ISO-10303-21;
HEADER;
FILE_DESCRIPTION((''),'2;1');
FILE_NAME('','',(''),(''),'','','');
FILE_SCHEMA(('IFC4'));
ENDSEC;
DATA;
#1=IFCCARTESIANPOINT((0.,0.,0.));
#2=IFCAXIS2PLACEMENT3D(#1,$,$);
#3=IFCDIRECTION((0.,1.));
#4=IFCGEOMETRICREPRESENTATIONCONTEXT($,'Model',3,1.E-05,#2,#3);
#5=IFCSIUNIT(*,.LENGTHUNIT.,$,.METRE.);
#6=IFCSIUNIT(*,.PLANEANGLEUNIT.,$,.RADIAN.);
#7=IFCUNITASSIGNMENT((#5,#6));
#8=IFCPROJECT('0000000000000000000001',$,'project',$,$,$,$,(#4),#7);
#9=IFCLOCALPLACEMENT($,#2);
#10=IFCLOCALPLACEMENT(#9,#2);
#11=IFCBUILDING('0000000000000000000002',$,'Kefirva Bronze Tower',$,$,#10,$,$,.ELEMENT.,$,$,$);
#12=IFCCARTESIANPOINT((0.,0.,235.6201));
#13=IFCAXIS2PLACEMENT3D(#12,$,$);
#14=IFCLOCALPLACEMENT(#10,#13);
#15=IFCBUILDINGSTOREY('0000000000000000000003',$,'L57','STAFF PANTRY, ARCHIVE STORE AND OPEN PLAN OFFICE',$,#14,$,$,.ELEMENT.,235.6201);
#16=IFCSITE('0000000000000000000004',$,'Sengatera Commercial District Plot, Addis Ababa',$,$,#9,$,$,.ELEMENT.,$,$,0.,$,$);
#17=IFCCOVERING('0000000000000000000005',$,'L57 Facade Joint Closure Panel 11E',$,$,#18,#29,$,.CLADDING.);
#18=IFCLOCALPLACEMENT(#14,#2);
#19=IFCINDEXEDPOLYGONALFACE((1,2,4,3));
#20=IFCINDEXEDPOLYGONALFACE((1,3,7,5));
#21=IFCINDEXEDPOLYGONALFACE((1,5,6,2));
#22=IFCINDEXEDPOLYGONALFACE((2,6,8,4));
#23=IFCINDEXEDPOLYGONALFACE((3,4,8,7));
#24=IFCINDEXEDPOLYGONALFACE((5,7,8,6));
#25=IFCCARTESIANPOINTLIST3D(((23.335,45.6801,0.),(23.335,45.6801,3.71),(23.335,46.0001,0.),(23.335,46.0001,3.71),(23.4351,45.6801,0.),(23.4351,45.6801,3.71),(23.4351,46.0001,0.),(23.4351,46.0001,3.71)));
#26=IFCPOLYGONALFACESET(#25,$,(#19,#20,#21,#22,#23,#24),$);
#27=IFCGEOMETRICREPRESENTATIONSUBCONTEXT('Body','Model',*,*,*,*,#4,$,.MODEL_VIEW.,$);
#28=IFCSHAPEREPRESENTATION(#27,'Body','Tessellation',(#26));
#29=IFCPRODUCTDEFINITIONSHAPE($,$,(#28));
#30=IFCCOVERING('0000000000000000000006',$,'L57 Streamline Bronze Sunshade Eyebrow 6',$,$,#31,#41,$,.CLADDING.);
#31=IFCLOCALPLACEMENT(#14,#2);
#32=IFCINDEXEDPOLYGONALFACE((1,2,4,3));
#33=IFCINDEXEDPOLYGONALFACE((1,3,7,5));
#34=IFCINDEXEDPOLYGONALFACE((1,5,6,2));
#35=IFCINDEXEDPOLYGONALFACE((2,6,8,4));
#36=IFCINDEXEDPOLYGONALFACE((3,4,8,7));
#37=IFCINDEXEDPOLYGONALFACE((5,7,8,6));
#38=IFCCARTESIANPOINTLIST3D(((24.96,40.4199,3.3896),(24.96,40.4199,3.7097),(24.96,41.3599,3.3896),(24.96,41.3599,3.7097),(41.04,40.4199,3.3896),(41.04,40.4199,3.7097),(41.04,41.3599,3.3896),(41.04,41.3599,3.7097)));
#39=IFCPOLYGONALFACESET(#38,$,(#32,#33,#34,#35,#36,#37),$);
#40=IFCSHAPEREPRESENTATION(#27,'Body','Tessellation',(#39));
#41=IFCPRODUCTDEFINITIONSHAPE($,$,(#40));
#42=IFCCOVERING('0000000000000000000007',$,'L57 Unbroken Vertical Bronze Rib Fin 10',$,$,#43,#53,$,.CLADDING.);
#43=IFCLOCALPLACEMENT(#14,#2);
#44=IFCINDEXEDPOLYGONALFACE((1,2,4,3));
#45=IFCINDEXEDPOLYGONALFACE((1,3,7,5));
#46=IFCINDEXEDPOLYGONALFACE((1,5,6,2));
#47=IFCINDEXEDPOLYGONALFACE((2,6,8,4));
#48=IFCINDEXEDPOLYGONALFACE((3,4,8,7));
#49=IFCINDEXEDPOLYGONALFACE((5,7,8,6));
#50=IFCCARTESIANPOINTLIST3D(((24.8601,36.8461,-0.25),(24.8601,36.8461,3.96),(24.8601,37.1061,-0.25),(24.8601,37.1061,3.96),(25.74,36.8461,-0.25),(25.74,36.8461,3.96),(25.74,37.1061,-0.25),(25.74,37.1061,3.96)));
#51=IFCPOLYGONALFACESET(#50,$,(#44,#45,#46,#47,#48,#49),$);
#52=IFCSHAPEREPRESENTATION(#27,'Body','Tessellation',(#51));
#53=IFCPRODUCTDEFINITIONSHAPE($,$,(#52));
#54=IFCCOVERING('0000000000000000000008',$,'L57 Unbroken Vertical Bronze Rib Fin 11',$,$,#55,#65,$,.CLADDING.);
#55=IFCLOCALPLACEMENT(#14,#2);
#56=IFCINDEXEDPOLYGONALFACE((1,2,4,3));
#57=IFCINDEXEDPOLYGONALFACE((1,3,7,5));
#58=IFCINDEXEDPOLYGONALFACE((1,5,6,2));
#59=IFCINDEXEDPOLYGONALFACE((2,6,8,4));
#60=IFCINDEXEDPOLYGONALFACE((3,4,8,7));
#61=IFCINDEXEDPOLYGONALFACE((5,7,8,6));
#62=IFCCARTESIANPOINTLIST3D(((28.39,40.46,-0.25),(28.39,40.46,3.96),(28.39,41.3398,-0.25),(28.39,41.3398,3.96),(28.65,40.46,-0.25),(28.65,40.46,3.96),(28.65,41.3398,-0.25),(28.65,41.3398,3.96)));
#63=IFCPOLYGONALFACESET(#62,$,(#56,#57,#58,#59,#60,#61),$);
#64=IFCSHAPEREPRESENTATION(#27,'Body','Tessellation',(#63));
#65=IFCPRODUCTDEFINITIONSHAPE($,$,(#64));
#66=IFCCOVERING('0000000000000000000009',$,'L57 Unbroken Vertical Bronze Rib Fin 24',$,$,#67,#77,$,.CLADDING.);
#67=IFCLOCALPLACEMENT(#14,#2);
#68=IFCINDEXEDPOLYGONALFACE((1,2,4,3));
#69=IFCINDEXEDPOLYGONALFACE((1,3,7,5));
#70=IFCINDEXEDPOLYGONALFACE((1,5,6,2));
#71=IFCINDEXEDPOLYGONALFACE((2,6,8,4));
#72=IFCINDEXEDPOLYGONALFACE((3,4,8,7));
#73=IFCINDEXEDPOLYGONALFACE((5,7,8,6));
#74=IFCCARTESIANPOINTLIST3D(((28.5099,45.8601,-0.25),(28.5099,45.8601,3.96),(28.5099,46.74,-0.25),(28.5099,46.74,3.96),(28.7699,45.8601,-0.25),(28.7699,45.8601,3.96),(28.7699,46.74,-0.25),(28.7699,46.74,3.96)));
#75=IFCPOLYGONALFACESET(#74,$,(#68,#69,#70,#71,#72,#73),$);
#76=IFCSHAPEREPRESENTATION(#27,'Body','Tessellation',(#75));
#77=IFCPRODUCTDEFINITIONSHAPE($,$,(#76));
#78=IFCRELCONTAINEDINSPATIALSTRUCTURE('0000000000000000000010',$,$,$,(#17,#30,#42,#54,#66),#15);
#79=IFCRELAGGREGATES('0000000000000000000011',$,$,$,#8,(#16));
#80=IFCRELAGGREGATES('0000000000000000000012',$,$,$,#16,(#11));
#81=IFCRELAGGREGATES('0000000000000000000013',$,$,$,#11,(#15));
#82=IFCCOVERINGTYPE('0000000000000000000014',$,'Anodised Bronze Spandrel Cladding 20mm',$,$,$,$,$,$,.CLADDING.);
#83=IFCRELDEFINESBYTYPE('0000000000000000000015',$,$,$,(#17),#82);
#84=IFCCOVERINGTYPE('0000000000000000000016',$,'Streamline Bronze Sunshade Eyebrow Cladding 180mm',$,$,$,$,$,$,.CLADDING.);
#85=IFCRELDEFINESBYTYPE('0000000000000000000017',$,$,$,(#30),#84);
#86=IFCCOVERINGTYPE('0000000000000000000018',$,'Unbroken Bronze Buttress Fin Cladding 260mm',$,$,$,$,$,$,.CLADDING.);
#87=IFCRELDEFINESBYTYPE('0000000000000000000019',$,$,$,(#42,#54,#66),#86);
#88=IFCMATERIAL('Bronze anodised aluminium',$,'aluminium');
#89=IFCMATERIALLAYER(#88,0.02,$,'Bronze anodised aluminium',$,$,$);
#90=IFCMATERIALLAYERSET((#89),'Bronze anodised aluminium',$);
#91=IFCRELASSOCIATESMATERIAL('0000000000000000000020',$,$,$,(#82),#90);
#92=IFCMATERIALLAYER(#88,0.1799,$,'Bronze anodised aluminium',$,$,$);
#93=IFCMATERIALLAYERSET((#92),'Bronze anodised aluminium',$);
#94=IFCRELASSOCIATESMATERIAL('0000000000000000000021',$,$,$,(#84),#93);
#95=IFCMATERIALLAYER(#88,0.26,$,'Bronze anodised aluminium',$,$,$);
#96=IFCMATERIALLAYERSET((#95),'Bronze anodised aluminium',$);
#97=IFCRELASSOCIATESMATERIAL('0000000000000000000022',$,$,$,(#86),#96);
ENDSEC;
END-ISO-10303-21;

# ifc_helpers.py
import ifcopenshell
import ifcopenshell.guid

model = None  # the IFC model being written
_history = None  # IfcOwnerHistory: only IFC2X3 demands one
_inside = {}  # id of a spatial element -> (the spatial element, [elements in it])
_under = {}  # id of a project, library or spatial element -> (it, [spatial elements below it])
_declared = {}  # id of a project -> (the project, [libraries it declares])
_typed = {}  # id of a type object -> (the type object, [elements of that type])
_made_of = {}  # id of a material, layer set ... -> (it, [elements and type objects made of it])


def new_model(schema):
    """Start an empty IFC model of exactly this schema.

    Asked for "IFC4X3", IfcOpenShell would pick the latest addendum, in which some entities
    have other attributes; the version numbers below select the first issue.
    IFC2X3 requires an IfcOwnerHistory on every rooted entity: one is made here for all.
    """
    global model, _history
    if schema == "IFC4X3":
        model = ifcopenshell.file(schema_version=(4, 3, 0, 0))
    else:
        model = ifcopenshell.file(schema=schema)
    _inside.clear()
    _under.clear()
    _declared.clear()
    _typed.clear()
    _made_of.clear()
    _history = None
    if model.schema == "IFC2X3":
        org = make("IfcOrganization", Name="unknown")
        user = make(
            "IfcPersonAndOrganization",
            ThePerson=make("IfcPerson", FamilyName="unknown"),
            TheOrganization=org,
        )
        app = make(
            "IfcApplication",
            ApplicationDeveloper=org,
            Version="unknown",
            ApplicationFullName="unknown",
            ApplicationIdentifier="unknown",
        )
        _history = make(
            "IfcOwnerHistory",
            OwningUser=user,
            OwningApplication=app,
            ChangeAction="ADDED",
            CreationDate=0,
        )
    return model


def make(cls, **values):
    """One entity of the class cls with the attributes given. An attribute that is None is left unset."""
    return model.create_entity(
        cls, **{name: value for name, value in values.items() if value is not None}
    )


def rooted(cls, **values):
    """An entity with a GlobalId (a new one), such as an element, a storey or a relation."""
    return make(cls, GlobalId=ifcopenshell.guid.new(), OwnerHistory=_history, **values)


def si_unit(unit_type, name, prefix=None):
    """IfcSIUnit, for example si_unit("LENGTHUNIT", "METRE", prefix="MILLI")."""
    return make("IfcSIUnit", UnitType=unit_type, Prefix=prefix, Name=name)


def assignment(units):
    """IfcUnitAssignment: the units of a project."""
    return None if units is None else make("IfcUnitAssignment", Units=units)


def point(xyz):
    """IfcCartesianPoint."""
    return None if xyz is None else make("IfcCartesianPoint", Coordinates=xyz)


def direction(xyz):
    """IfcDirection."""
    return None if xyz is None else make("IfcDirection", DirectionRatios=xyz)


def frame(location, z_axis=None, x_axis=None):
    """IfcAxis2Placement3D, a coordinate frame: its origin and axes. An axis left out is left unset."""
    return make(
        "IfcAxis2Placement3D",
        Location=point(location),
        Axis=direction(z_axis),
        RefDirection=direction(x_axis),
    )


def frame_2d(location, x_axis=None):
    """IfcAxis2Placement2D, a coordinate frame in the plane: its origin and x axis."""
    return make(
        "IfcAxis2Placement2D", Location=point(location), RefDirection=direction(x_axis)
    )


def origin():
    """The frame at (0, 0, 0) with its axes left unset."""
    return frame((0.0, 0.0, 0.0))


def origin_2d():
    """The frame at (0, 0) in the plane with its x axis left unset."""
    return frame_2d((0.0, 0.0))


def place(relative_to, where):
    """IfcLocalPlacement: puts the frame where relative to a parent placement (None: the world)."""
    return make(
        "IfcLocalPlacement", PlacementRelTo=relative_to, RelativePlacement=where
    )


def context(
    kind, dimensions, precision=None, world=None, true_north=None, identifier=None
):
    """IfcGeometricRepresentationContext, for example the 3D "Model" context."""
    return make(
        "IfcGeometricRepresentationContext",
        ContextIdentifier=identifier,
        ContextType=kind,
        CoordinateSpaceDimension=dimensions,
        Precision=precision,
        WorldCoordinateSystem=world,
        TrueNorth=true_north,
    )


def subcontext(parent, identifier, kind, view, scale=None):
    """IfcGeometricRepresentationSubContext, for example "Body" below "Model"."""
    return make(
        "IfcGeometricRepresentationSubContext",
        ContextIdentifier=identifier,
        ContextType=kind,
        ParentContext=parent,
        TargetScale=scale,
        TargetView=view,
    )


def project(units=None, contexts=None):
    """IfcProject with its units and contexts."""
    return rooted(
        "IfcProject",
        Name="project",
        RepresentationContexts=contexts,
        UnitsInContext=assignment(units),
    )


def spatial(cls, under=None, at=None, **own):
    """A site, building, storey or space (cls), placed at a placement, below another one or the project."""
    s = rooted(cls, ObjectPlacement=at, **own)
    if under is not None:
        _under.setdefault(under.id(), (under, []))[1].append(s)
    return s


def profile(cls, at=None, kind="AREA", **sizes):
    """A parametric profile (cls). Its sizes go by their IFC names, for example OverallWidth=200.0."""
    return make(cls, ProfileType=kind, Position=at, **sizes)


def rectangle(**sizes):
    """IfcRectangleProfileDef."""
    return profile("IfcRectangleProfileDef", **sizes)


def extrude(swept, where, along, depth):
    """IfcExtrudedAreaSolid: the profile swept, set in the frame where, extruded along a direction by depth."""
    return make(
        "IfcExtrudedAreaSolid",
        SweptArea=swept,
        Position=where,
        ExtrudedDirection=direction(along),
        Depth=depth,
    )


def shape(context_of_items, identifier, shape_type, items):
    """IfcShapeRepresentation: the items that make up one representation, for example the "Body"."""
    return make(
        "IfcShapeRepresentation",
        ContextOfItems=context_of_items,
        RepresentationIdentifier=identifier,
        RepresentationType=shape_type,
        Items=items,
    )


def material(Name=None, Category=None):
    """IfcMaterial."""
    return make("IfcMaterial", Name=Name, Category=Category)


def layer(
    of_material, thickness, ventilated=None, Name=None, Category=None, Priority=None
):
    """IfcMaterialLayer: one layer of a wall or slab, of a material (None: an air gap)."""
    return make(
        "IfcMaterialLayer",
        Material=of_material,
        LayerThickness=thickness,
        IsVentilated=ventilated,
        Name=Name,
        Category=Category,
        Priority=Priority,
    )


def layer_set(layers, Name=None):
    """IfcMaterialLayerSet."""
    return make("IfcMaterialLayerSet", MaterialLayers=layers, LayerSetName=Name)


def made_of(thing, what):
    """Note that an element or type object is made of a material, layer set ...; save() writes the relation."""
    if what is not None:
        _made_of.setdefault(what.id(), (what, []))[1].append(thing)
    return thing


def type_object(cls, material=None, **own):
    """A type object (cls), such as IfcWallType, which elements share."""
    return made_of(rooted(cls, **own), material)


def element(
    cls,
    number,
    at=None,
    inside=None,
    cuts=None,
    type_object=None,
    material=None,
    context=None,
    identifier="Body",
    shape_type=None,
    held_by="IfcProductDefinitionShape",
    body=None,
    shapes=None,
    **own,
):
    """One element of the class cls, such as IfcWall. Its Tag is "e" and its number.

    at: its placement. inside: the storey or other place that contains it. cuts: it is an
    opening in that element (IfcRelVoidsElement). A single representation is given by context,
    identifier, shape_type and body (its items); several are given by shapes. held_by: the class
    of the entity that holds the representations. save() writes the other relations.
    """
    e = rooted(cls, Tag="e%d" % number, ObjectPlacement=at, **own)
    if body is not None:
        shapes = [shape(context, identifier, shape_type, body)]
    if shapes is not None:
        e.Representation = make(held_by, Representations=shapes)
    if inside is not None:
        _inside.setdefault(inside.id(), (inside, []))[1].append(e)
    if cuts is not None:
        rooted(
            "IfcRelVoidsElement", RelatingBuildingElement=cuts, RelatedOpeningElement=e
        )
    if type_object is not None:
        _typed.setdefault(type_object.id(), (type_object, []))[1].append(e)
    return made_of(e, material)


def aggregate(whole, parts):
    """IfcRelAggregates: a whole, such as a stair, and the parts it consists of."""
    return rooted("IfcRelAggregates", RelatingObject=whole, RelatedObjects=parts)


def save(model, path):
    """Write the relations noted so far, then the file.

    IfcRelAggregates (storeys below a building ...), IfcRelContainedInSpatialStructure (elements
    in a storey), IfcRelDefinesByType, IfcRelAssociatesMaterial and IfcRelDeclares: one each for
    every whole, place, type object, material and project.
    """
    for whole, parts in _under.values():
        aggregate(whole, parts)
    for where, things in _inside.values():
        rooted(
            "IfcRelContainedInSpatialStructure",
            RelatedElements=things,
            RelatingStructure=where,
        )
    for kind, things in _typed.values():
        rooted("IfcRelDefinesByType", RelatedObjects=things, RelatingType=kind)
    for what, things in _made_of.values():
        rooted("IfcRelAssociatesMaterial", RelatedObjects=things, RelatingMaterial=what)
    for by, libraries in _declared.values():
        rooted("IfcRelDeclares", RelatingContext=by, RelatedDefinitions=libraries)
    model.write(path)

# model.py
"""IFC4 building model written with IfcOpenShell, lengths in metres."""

from ifc_helpers import new_model, si_unit, direction, frame, origin, origin_2d, place, context, subcontext, project, spatial, rectangle, extrude, material, layer, layer_set, type_object, element, save


model = new_model("IFC4")

# Units and contexts
model_context = context("Model", 3, precision=1e-05, world=origin(), true_north=direction((0.0, 1.0)))
body_context = subcontext(model_context, "Body", "Model", "MODEL_VIEW")
ifc_project = project(units=[si_unit("LENGTHUNIT", "METRE"), si_unit("PLANEANGLEUNIT", "RADIAN")], contexts=[model_context])

# Site, building, storey
site_placement = place(None, origin())
site = spatial("IfcSite", under=ifc_project, at=site_placement, Name="Sengatera Commercial District Plot, Addis Ababa", CompositionType="ELEMENT", RefElevation=0.0)
building_placement = place(site_placement, origin())
building = spatial("IfcBuilding", under=site, at=building_placement, Name="Kefirva Bronze Tower", CompositionType="ELEMENT")
storey_placement = place(building_placement, frame((0.0, 0.0, 235.6201)))
storey = spatial("IfcBuildingStorey", under=building, at=storey_placement, Name="L57", Description="STAFF PANTRY, ARCHIVE STORE AND OPEN PLAN OFFICE", CompositionType="ELEMENT", Elevation=235.6201)

# Shared definitions
ifc_material_1 = material(Name="Bronze anodised aluminium", Category="aluminium")

# Coverings
ifc_layer_1 = layer(ifc_material_1, 0.02, Name="Bronze anodised aluminium")
ifc_layer_set_1 = layer_set([ifc_layer_1], Name="Bronze anodised aluminium")
covering_type_1 = type_object("IfcCoveringType", Name="Anodised Bronze Spandrel Cladding 20mm", PredefinedType="CLADDING", material=ifc_layer_set_1)
covering_1_placement = place(storey_placement, frame((23.385, 45.8401, 0.0), z_axis=(0.0, 0.0, 1.0), x_axis=(-1.0, 0.0, 0.0)))
element("IfcCovering", 1, at=covering_1_placement, inside=storey, type_object=covering_type_1, Name="L57 Facade Joint Closure Panel 11E", PredefinedType="CLADDING", context=body_context, shape_type="SweptSolid", body=[
    extrude(rectangle(XDim=0.1001, YDim=0.3201, at=origin_2d()), origin(), (0.0, 0.0, 1.0), 3.71),
])
ifc_layer_2 = layer(ifc_material_1, 0.1799, Name="Bronze anodised aluminium")
ifc_layer_set_2 = layer_set([ifc_layer_2], Name="Bronze anodised aluminium")
covering_type_2 = type_object("IfcCoveringType", Name="Streamline Bronze Sunshade Eyebrow Cladding 180mm", PredefinedType="CLADDING", material=ifc_layer_set_2)
covering_2_placement = place(storey_placement, frame((33.0, 40.8899, 3.3896), z_axis=(0.0, 0.0, 1.0), x_axis=(1.0, 0.0, 0.0)))
element("IfcCovering", 2, at=covering_2_placement, inside=storey, type_object=covering_type_2, Name="L57 Streamline Bronze Sunshade Eyebrow 6", PredefinedType="CLADDING", context=body_context, shape_type="SweptSolid", body=[
    extrude(rectangle(XDim=16.0801, YDim=0.9399, at=origin_2d()), origin(), (0.0, 0.0, 1.0), 0.3201),
])
ifc_layer_3 = layer(ifc_material_1, 0.26, Name="Bronze anodised aluminium")
ifc_layer_set_3 = layer_set([ifc_layer_3], Name="Bronze anodised aluminium")
covering_type_3 = type_object("IfcCoveringType", Name="Unbroken Bronze Buttress Fin Cladding 260mm", PredefinedType="CLADDING", material=ifc_layer_set_3)
for number, where, z_axis, x_axis, name in (
    (3, (25.3, 36.9761, -0.25), (0.0, 0.0, 1.0), (0.0, 1.0, 0.0), "L57 Unbroken Vertical Bronze Rib Fin 10"),
    (4, (28.52, 40.8999, -0.25), (0.0, 0.0, 1.0), (1.0, 0.0, 0.0), "L57 Unbroken Vertical Bronze Rib Fin 11"),
    (5, (28.6399, 46.3, -0.25), (0.0, 0.0, 1.0), (-1.0, 0.0, 0.0), "L57 Unbroken Vertical Bronze Rib Fin 24"),
):
    element("IfcCovering", number, at=place(storey_placement, frame(where, z_axis=z_axis, x_axis=x_axis)), inside=storey, type_object=covering_type_3, Name=name, PredefinedType="CLADDING", context=body_context, shape_type="SweptSolid", body=[
        extrude(rectangle(XDim=0.26, YDim=0.8799, at=origin_2d()), origin(), (0.0, 0.0, 1.0), 4.21),
    ])

save(model, "model.ifc")
